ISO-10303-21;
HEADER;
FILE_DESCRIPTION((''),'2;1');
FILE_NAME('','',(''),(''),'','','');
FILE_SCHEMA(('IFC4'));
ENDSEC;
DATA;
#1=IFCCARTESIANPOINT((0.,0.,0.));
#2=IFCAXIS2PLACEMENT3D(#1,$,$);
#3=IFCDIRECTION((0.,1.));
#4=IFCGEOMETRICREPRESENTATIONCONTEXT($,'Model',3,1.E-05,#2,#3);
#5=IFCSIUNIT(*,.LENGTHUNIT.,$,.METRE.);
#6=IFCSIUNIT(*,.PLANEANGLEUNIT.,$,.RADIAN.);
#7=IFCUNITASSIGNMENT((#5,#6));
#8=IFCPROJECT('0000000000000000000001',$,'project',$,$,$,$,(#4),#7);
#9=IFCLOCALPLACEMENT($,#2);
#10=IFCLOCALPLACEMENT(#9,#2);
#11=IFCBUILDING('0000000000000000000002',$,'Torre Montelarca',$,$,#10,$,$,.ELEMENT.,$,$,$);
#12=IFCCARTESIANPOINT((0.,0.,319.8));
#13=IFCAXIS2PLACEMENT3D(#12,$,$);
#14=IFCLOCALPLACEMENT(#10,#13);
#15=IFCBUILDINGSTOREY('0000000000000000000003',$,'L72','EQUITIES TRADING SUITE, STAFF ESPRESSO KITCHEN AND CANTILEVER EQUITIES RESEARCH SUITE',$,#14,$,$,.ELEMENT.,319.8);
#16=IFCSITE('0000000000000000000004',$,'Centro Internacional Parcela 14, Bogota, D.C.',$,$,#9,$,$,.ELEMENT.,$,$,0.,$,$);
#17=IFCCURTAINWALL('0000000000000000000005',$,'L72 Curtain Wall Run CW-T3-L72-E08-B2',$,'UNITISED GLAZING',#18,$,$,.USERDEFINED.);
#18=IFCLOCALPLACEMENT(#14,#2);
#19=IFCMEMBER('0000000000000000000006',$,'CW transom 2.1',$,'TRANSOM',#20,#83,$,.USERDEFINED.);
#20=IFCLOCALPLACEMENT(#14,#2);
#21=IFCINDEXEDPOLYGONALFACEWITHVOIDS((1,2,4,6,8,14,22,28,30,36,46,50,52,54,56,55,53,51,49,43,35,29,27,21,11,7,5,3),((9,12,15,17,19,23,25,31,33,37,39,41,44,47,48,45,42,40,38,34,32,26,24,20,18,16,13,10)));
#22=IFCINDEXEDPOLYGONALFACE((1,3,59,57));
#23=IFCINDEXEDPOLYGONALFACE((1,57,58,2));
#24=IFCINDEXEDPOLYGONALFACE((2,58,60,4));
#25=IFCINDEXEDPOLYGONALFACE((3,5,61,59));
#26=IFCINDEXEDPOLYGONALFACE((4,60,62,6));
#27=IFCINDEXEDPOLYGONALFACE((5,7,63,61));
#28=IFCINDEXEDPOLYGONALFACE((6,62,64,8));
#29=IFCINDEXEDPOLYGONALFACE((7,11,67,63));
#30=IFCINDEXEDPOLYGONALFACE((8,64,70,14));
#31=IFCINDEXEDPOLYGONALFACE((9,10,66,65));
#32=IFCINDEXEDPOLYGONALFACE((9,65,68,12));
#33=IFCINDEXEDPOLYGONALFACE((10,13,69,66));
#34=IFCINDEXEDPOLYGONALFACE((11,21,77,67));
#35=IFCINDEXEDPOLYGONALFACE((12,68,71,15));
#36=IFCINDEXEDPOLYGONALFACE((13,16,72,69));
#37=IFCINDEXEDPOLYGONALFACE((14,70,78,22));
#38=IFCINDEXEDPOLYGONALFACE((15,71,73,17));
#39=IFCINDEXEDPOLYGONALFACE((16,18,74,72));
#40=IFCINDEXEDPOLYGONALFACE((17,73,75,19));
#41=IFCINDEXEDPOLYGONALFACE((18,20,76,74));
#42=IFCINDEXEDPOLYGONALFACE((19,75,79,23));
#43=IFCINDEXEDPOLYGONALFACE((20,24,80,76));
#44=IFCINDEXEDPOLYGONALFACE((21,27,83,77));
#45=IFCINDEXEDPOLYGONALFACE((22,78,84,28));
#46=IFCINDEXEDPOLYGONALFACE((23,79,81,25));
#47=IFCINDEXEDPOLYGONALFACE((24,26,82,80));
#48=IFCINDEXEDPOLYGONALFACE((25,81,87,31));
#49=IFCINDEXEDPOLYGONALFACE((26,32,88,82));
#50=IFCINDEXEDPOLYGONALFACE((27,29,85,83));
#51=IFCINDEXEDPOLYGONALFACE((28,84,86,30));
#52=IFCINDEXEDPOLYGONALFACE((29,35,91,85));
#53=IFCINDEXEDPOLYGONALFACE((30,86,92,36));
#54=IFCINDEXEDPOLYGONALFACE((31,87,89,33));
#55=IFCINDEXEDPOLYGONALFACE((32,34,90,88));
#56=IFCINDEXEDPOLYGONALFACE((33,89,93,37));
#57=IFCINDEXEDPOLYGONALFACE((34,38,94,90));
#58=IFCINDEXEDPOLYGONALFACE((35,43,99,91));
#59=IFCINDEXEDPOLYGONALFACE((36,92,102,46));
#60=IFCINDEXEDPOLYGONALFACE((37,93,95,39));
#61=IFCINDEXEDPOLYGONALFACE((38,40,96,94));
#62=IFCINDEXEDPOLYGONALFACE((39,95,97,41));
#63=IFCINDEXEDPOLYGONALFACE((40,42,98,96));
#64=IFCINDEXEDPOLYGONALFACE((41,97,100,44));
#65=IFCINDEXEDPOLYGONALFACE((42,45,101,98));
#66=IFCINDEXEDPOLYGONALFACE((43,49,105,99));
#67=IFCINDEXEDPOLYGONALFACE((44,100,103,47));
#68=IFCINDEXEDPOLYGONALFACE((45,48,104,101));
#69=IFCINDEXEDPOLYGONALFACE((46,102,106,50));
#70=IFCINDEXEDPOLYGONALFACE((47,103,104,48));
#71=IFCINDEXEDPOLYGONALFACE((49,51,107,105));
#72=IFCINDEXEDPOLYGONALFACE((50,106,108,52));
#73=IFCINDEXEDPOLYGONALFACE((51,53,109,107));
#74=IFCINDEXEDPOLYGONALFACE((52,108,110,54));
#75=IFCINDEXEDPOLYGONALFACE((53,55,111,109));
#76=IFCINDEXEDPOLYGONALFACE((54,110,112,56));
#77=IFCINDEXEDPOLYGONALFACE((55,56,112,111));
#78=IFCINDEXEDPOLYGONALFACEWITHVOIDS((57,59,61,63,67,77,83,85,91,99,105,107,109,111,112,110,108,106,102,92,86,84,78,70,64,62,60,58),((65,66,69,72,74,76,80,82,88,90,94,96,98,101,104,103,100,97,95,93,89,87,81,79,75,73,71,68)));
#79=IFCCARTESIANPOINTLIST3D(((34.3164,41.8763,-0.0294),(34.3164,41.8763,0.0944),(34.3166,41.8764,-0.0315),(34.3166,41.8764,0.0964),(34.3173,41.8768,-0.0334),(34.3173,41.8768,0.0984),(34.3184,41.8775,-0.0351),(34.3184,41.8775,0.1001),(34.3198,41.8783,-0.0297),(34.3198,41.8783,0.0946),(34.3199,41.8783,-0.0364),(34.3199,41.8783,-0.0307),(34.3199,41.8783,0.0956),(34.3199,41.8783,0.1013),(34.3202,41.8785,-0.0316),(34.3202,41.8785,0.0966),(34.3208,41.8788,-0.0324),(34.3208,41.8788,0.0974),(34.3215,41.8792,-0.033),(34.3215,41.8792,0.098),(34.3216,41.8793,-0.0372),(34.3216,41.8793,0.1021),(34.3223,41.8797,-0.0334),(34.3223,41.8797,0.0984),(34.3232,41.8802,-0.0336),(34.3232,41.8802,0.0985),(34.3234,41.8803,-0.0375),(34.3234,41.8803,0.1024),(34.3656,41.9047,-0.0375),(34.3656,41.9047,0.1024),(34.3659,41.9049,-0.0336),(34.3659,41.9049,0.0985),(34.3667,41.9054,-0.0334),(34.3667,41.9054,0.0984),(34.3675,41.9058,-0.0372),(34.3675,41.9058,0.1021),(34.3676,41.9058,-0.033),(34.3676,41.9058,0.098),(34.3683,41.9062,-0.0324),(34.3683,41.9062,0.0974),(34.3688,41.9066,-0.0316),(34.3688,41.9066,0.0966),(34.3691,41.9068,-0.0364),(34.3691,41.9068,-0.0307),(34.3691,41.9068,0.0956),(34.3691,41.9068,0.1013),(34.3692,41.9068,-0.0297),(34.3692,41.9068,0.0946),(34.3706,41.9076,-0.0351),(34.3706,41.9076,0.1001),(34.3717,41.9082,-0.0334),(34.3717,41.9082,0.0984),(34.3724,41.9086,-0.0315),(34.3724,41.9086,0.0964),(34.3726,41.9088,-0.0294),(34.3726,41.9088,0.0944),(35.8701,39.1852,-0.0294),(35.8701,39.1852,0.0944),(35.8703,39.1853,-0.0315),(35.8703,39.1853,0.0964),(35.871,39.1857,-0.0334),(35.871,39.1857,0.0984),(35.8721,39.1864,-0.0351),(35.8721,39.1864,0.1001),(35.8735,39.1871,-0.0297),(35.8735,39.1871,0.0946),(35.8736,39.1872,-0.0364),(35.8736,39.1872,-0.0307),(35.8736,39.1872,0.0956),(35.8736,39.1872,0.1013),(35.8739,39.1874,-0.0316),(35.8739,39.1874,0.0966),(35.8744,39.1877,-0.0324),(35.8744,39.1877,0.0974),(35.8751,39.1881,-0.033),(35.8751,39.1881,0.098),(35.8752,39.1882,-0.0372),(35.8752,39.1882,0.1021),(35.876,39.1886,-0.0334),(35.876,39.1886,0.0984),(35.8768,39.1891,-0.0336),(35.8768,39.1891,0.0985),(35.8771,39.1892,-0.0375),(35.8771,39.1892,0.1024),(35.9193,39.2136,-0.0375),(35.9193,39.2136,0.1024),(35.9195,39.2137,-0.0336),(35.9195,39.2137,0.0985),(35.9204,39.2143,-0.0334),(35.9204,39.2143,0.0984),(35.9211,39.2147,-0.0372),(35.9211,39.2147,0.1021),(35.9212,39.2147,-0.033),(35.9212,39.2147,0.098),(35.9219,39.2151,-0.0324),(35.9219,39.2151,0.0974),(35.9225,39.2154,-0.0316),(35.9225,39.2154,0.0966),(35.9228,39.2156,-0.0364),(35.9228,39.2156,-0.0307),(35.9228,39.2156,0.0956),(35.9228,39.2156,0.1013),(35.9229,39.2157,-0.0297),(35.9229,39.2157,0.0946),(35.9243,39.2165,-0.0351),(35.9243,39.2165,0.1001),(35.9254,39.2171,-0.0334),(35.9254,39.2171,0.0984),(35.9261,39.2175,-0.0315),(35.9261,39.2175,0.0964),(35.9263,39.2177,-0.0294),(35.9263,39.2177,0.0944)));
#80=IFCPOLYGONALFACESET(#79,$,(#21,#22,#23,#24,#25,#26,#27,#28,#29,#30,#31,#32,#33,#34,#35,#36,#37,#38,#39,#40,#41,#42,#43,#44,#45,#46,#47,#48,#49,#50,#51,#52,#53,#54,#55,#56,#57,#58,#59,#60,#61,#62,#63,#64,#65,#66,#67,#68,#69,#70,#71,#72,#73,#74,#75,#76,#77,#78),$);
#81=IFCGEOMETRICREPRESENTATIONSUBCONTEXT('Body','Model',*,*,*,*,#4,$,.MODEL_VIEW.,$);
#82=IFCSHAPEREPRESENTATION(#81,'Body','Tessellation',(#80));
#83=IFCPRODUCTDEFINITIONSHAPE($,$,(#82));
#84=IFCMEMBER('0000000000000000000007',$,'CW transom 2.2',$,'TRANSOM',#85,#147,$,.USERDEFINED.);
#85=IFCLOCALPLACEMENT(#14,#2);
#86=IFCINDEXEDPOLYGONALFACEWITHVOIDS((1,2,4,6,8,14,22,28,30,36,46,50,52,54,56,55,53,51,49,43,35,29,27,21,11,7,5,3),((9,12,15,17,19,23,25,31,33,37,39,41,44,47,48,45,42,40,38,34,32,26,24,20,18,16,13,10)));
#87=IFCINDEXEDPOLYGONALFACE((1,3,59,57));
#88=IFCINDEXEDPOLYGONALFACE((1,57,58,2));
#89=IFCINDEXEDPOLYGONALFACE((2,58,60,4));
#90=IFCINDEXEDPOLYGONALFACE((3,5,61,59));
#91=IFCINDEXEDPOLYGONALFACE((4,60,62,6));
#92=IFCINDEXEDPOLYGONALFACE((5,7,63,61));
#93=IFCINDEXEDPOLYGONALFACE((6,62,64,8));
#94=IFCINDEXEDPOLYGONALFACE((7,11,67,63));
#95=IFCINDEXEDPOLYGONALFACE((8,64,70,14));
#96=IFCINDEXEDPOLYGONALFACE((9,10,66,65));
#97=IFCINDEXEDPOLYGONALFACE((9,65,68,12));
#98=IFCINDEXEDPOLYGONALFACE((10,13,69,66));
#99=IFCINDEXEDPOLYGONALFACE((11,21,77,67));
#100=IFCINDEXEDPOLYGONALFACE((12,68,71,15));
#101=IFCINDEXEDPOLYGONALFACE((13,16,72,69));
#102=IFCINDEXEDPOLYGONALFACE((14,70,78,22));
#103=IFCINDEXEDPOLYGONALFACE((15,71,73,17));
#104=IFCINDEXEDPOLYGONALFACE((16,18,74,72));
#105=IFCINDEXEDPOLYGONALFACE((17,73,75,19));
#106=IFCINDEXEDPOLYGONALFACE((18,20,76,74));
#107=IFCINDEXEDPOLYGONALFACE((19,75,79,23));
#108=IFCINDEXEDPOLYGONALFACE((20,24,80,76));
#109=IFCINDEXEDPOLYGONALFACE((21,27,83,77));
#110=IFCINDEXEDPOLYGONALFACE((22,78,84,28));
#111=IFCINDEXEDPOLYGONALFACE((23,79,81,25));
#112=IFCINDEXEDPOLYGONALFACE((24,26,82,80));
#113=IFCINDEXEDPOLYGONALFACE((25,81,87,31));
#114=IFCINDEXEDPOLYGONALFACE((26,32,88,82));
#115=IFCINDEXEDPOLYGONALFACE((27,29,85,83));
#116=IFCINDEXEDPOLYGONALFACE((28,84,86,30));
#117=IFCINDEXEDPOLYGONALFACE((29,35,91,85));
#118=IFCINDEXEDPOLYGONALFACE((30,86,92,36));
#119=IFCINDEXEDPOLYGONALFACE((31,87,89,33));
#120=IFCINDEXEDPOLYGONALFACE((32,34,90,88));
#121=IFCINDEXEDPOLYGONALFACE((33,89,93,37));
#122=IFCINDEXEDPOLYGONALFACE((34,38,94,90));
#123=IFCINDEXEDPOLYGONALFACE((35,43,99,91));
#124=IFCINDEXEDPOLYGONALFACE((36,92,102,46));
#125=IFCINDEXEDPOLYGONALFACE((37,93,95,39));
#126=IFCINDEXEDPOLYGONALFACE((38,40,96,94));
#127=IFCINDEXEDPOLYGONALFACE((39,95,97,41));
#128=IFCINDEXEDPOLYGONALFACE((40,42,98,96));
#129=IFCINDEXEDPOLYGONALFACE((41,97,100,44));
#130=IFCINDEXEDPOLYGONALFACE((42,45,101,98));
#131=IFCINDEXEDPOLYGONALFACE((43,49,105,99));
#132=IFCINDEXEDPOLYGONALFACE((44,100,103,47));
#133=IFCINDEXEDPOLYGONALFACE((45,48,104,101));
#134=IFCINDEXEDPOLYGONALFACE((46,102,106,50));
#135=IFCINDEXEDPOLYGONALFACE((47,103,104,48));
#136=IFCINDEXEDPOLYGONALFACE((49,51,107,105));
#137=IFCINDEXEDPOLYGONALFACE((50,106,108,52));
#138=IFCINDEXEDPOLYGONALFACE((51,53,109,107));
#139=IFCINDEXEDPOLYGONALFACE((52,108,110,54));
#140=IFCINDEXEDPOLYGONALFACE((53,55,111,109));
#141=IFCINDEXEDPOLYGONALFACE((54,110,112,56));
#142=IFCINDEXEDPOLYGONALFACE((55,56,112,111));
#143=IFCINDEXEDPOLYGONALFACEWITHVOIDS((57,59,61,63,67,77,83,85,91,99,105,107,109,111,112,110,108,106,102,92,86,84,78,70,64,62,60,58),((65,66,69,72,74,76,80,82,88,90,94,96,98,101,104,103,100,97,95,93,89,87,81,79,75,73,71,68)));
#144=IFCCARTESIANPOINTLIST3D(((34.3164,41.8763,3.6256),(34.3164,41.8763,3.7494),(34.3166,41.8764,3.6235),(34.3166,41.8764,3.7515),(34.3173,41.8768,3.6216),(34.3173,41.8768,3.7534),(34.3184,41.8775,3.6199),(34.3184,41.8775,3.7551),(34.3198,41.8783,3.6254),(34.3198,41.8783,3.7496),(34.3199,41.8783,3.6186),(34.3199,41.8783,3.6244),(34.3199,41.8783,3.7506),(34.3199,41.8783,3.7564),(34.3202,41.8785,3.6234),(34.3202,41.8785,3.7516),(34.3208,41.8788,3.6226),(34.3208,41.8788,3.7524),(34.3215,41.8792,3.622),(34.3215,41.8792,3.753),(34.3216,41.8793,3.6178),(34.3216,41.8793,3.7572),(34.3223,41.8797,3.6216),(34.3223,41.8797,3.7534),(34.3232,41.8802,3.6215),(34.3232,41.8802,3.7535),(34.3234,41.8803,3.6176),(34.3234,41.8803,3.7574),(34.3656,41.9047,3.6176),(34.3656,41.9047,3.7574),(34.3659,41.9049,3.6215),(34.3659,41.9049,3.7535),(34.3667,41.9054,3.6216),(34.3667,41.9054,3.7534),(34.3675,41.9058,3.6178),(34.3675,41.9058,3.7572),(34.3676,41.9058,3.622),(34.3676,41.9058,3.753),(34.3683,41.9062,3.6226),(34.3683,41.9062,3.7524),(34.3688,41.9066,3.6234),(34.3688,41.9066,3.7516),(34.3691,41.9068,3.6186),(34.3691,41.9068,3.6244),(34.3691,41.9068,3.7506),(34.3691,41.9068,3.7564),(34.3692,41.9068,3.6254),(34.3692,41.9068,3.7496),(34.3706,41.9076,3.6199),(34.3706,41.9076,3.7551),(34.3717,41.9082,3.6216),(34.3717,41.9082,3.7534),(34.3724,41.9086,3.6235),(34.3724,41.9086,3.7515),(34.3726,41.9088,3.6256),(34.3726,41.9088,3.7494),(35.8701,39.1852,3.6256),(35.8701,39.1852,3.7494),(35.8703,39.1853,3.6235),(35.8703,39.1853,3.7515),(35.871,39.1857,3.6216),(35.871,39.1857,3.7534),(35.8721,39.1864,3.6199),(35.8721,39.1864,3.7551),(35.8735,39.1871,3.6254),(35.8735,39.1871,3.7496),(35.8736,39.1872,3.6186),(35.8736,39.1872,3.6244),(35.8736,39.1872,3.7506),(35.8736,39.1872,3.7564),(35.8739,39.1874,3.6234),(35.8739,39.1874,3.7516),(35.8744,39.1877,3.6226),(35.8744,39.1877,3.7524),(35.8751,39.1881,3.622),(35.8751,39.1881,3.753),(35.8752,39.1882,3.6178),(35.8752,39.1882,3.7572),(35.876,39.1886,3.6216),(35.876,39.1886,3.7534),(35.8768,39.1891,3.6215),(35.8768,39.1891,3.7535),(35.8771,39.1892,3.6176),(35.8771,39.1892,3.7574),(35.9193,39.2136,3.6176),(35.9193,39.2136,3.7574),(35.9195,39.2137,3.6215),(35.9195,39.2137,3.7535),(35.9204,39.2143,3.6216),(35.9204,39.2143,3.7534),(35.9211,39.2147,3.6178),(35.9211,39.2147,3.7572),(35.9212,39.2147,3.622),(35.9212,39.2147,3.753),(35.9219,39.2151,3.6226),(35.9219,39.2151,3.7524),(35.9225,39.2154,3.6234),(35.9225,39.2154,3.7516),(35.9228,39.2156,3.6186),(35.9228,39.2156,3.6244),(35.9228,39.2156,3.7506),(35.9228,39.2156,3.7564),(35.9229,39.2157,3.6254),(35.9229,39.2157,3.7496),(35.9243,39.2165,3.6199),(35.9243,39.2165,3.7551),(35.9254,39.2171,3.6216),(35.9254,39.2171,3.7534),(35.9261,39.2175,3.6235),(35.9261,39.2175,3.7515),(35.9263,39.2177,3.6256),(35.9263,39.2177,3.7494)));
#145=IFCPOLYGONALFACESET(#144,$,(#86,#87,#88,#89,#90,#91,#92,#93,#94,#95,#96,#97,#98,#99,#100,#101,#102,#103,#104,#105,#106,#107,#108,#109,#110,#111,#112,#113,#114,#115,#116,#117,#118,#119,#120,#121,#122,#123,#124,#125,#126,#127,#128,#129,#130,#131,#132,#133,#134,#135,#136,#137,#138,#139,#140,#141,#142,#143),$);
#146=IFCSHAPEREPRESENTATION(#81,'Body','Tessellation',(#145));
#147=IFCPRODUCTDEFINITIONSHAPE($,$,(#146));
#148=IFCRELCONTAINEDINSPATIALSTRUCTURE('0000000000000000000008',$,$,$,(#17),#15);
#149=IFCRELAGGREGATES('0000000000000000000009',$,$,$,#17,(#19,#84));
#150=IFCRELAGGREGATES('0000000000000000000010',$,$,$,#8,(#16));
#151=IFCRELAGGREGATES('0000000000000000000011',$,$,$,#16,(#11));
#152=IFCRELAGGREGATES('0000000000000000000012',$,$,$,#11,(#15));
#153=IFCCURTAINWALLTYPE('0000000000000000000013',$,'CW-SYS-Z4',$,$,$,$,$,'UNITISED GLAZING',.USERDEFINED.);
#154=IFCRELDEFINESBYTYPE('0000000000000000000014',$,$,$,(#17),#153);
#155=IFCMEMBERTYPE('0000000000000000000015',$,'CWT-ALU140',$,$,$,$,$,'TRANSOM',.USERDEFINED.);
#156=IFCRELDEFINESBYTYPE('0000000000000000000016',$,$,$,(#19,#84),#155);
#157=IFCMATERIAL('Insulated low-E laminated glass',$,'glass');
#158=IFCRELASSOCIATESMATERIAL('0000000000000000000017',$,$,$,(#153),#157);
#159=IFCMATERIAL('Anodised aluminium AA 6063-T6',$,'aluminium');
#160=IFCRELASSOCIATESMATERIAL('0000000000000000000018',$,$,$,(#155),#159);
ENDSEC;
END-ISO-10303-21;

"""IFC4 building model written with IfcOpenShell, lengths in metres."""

from ifc_helpers import new_model, si_unit, direction, frame, origin, origin_2d, place, context, subcontext, project, spatial, hollow_rectangle, extrude, source, transform, mapped, material, material_profile, profile_set, type_object, element, aggregate, save


model = new_model("IFC4")

# Units and contexts
model_context = context("Model", 3, precision=1e-05, world=origin(), true_north=direction((0.0, 1.0)))
body_context = subcontext(model_context, "Body", "Model", "MODEL_VIEW")
ifc_project = project(units=[si_unit("LENGTHUNIT", "METRE"), si_unit("PLANEANGLEUNIT", "RADIAN")], contexts=[model_context])

# Site, building, storey
site_placement = place(None, origin())
site = spatial("IfcSite", under=ifc_project, at=site_placement, Name="Centro Internacional Parcela 14, Bogota, D.C.", CompositionType="ELEMENT", RefElevation=0.0)
building_placement = place(site_placement, origin())
building = spatial("IfcBuilding", under=site, at=building_placement, Name="Torre Montelarca", CompositionType="ELEMENT")
storey_placement = place(building_placement, frame((0.0, 0.0, 319.8)))
storey = spatial("IfcBuildingStorey", under=building, at=storey_placement, Name="L72", Description="EQUITIES TRADING SUITE, STAFF ESPRESSO KITCHEN AND CANTILEVER EQUITIES RESEARCH SUITE", CompositionType="ELEMENT", Elevation=319.8)

# Curtain wall, members
ifc_material_1 = material(Name="Insulated low-E laminated glass", Category="glass")
curtain_wall_type = type_object("IfcCurtainWallType", Name="CW-SYS-Z4", ElementType="UNITISED GLAZING", PredefinedType="USERDEFINED", material=ifc_material_1)
ifc_material_2 = material(Name="Anodised aluminium AA 6063-T6", Category="aluminium")
curtain_wall_1_placement = place(storey_placement, origin())
curtain_wall_1 = element("IfcCurtainWall", 1, at=curtain_wall_1_placement, inside=storey, type_object=curtain_wall_type, Name="L72 Curtain Wall Run CW-T3-L72-E08-B2", ObjectType="UNITISED GLAZING", PredefinedType="USERDEFINED")
ifc_material_profile_1 = material_profile(ifc_material_2, hollow_rectangle(XDim=0.0649, YDim=0.1399, WallThickness=0.0039, InnerFilletRadius=0.0039, OuterFilletRadius=0.0081, at=origin_2d()), Name="ALU65X140X4", Category="aluminium")
ifc_profile_set_1 = profile_set([ifc_material_profile_1], Name="Anodised aluminium AA 6063-T6")
member_type_1 = type_object("IfcMemberType", Name="CWT-ALU140", ElementType="TRANSOM", PredefinedType="USERDEFINED", material=ifc_profile_set_1)
shared_shape_1 = source(origin(), body_context, "Body", "SweptSolid", [
    extrude(hollow_rectangle(XDim=0.0649, YDim=0.1399, WallThickness=0.0039, InnerFilletRadius=0.0039, OuterFilletRadius=0.0081, at=origin_2d()), origin(), (0.0, 0.0, 1.0), 3.1074),
])
member_1_placement = place(storey_placement, frame((35.8982, 39.2014, 0.0325), z_axis=(-0.499992, 0.86603, 0.0), x_axis=(-0.86603, -0.499992, 0.0)))
member_1 = element("IfcMember", 2, at=member_1_placement, type_object=member_type_1, Name="CW transom 2.1", ObjectType="TRANSOM", PredefinedType="USERDEFINED", context=body_context, shape_type="MappedRepresentation", body=[
    mapped(shared_shape_1, transform((0.0, 0.0, 0.0), scale=1.0)),
])
member_2_placement = place(storey_placement, frame((35.8982, 39.2014, 3.6875), z_axis=(-0.499992, 0.86603, 0.0), x_axis=(-0.86603, -0.499992, 0.0)))
member_2 = element("IfcMember", 3, at=member_2_placement, type_object=member_type_1, Name="CW transom 2.2", ObjectType="TRANSOM", PredefinedType="USERDEFINED", context=body_context, shape_type="MappedRepresentation", body=[
    mapped(shared_shape_1, transform((0.0, 0.0, 0.0), scale=1.0)),
])

aggregate(curtain_wall_1, [member_1, member_2])

save(model, "model.ifc")
